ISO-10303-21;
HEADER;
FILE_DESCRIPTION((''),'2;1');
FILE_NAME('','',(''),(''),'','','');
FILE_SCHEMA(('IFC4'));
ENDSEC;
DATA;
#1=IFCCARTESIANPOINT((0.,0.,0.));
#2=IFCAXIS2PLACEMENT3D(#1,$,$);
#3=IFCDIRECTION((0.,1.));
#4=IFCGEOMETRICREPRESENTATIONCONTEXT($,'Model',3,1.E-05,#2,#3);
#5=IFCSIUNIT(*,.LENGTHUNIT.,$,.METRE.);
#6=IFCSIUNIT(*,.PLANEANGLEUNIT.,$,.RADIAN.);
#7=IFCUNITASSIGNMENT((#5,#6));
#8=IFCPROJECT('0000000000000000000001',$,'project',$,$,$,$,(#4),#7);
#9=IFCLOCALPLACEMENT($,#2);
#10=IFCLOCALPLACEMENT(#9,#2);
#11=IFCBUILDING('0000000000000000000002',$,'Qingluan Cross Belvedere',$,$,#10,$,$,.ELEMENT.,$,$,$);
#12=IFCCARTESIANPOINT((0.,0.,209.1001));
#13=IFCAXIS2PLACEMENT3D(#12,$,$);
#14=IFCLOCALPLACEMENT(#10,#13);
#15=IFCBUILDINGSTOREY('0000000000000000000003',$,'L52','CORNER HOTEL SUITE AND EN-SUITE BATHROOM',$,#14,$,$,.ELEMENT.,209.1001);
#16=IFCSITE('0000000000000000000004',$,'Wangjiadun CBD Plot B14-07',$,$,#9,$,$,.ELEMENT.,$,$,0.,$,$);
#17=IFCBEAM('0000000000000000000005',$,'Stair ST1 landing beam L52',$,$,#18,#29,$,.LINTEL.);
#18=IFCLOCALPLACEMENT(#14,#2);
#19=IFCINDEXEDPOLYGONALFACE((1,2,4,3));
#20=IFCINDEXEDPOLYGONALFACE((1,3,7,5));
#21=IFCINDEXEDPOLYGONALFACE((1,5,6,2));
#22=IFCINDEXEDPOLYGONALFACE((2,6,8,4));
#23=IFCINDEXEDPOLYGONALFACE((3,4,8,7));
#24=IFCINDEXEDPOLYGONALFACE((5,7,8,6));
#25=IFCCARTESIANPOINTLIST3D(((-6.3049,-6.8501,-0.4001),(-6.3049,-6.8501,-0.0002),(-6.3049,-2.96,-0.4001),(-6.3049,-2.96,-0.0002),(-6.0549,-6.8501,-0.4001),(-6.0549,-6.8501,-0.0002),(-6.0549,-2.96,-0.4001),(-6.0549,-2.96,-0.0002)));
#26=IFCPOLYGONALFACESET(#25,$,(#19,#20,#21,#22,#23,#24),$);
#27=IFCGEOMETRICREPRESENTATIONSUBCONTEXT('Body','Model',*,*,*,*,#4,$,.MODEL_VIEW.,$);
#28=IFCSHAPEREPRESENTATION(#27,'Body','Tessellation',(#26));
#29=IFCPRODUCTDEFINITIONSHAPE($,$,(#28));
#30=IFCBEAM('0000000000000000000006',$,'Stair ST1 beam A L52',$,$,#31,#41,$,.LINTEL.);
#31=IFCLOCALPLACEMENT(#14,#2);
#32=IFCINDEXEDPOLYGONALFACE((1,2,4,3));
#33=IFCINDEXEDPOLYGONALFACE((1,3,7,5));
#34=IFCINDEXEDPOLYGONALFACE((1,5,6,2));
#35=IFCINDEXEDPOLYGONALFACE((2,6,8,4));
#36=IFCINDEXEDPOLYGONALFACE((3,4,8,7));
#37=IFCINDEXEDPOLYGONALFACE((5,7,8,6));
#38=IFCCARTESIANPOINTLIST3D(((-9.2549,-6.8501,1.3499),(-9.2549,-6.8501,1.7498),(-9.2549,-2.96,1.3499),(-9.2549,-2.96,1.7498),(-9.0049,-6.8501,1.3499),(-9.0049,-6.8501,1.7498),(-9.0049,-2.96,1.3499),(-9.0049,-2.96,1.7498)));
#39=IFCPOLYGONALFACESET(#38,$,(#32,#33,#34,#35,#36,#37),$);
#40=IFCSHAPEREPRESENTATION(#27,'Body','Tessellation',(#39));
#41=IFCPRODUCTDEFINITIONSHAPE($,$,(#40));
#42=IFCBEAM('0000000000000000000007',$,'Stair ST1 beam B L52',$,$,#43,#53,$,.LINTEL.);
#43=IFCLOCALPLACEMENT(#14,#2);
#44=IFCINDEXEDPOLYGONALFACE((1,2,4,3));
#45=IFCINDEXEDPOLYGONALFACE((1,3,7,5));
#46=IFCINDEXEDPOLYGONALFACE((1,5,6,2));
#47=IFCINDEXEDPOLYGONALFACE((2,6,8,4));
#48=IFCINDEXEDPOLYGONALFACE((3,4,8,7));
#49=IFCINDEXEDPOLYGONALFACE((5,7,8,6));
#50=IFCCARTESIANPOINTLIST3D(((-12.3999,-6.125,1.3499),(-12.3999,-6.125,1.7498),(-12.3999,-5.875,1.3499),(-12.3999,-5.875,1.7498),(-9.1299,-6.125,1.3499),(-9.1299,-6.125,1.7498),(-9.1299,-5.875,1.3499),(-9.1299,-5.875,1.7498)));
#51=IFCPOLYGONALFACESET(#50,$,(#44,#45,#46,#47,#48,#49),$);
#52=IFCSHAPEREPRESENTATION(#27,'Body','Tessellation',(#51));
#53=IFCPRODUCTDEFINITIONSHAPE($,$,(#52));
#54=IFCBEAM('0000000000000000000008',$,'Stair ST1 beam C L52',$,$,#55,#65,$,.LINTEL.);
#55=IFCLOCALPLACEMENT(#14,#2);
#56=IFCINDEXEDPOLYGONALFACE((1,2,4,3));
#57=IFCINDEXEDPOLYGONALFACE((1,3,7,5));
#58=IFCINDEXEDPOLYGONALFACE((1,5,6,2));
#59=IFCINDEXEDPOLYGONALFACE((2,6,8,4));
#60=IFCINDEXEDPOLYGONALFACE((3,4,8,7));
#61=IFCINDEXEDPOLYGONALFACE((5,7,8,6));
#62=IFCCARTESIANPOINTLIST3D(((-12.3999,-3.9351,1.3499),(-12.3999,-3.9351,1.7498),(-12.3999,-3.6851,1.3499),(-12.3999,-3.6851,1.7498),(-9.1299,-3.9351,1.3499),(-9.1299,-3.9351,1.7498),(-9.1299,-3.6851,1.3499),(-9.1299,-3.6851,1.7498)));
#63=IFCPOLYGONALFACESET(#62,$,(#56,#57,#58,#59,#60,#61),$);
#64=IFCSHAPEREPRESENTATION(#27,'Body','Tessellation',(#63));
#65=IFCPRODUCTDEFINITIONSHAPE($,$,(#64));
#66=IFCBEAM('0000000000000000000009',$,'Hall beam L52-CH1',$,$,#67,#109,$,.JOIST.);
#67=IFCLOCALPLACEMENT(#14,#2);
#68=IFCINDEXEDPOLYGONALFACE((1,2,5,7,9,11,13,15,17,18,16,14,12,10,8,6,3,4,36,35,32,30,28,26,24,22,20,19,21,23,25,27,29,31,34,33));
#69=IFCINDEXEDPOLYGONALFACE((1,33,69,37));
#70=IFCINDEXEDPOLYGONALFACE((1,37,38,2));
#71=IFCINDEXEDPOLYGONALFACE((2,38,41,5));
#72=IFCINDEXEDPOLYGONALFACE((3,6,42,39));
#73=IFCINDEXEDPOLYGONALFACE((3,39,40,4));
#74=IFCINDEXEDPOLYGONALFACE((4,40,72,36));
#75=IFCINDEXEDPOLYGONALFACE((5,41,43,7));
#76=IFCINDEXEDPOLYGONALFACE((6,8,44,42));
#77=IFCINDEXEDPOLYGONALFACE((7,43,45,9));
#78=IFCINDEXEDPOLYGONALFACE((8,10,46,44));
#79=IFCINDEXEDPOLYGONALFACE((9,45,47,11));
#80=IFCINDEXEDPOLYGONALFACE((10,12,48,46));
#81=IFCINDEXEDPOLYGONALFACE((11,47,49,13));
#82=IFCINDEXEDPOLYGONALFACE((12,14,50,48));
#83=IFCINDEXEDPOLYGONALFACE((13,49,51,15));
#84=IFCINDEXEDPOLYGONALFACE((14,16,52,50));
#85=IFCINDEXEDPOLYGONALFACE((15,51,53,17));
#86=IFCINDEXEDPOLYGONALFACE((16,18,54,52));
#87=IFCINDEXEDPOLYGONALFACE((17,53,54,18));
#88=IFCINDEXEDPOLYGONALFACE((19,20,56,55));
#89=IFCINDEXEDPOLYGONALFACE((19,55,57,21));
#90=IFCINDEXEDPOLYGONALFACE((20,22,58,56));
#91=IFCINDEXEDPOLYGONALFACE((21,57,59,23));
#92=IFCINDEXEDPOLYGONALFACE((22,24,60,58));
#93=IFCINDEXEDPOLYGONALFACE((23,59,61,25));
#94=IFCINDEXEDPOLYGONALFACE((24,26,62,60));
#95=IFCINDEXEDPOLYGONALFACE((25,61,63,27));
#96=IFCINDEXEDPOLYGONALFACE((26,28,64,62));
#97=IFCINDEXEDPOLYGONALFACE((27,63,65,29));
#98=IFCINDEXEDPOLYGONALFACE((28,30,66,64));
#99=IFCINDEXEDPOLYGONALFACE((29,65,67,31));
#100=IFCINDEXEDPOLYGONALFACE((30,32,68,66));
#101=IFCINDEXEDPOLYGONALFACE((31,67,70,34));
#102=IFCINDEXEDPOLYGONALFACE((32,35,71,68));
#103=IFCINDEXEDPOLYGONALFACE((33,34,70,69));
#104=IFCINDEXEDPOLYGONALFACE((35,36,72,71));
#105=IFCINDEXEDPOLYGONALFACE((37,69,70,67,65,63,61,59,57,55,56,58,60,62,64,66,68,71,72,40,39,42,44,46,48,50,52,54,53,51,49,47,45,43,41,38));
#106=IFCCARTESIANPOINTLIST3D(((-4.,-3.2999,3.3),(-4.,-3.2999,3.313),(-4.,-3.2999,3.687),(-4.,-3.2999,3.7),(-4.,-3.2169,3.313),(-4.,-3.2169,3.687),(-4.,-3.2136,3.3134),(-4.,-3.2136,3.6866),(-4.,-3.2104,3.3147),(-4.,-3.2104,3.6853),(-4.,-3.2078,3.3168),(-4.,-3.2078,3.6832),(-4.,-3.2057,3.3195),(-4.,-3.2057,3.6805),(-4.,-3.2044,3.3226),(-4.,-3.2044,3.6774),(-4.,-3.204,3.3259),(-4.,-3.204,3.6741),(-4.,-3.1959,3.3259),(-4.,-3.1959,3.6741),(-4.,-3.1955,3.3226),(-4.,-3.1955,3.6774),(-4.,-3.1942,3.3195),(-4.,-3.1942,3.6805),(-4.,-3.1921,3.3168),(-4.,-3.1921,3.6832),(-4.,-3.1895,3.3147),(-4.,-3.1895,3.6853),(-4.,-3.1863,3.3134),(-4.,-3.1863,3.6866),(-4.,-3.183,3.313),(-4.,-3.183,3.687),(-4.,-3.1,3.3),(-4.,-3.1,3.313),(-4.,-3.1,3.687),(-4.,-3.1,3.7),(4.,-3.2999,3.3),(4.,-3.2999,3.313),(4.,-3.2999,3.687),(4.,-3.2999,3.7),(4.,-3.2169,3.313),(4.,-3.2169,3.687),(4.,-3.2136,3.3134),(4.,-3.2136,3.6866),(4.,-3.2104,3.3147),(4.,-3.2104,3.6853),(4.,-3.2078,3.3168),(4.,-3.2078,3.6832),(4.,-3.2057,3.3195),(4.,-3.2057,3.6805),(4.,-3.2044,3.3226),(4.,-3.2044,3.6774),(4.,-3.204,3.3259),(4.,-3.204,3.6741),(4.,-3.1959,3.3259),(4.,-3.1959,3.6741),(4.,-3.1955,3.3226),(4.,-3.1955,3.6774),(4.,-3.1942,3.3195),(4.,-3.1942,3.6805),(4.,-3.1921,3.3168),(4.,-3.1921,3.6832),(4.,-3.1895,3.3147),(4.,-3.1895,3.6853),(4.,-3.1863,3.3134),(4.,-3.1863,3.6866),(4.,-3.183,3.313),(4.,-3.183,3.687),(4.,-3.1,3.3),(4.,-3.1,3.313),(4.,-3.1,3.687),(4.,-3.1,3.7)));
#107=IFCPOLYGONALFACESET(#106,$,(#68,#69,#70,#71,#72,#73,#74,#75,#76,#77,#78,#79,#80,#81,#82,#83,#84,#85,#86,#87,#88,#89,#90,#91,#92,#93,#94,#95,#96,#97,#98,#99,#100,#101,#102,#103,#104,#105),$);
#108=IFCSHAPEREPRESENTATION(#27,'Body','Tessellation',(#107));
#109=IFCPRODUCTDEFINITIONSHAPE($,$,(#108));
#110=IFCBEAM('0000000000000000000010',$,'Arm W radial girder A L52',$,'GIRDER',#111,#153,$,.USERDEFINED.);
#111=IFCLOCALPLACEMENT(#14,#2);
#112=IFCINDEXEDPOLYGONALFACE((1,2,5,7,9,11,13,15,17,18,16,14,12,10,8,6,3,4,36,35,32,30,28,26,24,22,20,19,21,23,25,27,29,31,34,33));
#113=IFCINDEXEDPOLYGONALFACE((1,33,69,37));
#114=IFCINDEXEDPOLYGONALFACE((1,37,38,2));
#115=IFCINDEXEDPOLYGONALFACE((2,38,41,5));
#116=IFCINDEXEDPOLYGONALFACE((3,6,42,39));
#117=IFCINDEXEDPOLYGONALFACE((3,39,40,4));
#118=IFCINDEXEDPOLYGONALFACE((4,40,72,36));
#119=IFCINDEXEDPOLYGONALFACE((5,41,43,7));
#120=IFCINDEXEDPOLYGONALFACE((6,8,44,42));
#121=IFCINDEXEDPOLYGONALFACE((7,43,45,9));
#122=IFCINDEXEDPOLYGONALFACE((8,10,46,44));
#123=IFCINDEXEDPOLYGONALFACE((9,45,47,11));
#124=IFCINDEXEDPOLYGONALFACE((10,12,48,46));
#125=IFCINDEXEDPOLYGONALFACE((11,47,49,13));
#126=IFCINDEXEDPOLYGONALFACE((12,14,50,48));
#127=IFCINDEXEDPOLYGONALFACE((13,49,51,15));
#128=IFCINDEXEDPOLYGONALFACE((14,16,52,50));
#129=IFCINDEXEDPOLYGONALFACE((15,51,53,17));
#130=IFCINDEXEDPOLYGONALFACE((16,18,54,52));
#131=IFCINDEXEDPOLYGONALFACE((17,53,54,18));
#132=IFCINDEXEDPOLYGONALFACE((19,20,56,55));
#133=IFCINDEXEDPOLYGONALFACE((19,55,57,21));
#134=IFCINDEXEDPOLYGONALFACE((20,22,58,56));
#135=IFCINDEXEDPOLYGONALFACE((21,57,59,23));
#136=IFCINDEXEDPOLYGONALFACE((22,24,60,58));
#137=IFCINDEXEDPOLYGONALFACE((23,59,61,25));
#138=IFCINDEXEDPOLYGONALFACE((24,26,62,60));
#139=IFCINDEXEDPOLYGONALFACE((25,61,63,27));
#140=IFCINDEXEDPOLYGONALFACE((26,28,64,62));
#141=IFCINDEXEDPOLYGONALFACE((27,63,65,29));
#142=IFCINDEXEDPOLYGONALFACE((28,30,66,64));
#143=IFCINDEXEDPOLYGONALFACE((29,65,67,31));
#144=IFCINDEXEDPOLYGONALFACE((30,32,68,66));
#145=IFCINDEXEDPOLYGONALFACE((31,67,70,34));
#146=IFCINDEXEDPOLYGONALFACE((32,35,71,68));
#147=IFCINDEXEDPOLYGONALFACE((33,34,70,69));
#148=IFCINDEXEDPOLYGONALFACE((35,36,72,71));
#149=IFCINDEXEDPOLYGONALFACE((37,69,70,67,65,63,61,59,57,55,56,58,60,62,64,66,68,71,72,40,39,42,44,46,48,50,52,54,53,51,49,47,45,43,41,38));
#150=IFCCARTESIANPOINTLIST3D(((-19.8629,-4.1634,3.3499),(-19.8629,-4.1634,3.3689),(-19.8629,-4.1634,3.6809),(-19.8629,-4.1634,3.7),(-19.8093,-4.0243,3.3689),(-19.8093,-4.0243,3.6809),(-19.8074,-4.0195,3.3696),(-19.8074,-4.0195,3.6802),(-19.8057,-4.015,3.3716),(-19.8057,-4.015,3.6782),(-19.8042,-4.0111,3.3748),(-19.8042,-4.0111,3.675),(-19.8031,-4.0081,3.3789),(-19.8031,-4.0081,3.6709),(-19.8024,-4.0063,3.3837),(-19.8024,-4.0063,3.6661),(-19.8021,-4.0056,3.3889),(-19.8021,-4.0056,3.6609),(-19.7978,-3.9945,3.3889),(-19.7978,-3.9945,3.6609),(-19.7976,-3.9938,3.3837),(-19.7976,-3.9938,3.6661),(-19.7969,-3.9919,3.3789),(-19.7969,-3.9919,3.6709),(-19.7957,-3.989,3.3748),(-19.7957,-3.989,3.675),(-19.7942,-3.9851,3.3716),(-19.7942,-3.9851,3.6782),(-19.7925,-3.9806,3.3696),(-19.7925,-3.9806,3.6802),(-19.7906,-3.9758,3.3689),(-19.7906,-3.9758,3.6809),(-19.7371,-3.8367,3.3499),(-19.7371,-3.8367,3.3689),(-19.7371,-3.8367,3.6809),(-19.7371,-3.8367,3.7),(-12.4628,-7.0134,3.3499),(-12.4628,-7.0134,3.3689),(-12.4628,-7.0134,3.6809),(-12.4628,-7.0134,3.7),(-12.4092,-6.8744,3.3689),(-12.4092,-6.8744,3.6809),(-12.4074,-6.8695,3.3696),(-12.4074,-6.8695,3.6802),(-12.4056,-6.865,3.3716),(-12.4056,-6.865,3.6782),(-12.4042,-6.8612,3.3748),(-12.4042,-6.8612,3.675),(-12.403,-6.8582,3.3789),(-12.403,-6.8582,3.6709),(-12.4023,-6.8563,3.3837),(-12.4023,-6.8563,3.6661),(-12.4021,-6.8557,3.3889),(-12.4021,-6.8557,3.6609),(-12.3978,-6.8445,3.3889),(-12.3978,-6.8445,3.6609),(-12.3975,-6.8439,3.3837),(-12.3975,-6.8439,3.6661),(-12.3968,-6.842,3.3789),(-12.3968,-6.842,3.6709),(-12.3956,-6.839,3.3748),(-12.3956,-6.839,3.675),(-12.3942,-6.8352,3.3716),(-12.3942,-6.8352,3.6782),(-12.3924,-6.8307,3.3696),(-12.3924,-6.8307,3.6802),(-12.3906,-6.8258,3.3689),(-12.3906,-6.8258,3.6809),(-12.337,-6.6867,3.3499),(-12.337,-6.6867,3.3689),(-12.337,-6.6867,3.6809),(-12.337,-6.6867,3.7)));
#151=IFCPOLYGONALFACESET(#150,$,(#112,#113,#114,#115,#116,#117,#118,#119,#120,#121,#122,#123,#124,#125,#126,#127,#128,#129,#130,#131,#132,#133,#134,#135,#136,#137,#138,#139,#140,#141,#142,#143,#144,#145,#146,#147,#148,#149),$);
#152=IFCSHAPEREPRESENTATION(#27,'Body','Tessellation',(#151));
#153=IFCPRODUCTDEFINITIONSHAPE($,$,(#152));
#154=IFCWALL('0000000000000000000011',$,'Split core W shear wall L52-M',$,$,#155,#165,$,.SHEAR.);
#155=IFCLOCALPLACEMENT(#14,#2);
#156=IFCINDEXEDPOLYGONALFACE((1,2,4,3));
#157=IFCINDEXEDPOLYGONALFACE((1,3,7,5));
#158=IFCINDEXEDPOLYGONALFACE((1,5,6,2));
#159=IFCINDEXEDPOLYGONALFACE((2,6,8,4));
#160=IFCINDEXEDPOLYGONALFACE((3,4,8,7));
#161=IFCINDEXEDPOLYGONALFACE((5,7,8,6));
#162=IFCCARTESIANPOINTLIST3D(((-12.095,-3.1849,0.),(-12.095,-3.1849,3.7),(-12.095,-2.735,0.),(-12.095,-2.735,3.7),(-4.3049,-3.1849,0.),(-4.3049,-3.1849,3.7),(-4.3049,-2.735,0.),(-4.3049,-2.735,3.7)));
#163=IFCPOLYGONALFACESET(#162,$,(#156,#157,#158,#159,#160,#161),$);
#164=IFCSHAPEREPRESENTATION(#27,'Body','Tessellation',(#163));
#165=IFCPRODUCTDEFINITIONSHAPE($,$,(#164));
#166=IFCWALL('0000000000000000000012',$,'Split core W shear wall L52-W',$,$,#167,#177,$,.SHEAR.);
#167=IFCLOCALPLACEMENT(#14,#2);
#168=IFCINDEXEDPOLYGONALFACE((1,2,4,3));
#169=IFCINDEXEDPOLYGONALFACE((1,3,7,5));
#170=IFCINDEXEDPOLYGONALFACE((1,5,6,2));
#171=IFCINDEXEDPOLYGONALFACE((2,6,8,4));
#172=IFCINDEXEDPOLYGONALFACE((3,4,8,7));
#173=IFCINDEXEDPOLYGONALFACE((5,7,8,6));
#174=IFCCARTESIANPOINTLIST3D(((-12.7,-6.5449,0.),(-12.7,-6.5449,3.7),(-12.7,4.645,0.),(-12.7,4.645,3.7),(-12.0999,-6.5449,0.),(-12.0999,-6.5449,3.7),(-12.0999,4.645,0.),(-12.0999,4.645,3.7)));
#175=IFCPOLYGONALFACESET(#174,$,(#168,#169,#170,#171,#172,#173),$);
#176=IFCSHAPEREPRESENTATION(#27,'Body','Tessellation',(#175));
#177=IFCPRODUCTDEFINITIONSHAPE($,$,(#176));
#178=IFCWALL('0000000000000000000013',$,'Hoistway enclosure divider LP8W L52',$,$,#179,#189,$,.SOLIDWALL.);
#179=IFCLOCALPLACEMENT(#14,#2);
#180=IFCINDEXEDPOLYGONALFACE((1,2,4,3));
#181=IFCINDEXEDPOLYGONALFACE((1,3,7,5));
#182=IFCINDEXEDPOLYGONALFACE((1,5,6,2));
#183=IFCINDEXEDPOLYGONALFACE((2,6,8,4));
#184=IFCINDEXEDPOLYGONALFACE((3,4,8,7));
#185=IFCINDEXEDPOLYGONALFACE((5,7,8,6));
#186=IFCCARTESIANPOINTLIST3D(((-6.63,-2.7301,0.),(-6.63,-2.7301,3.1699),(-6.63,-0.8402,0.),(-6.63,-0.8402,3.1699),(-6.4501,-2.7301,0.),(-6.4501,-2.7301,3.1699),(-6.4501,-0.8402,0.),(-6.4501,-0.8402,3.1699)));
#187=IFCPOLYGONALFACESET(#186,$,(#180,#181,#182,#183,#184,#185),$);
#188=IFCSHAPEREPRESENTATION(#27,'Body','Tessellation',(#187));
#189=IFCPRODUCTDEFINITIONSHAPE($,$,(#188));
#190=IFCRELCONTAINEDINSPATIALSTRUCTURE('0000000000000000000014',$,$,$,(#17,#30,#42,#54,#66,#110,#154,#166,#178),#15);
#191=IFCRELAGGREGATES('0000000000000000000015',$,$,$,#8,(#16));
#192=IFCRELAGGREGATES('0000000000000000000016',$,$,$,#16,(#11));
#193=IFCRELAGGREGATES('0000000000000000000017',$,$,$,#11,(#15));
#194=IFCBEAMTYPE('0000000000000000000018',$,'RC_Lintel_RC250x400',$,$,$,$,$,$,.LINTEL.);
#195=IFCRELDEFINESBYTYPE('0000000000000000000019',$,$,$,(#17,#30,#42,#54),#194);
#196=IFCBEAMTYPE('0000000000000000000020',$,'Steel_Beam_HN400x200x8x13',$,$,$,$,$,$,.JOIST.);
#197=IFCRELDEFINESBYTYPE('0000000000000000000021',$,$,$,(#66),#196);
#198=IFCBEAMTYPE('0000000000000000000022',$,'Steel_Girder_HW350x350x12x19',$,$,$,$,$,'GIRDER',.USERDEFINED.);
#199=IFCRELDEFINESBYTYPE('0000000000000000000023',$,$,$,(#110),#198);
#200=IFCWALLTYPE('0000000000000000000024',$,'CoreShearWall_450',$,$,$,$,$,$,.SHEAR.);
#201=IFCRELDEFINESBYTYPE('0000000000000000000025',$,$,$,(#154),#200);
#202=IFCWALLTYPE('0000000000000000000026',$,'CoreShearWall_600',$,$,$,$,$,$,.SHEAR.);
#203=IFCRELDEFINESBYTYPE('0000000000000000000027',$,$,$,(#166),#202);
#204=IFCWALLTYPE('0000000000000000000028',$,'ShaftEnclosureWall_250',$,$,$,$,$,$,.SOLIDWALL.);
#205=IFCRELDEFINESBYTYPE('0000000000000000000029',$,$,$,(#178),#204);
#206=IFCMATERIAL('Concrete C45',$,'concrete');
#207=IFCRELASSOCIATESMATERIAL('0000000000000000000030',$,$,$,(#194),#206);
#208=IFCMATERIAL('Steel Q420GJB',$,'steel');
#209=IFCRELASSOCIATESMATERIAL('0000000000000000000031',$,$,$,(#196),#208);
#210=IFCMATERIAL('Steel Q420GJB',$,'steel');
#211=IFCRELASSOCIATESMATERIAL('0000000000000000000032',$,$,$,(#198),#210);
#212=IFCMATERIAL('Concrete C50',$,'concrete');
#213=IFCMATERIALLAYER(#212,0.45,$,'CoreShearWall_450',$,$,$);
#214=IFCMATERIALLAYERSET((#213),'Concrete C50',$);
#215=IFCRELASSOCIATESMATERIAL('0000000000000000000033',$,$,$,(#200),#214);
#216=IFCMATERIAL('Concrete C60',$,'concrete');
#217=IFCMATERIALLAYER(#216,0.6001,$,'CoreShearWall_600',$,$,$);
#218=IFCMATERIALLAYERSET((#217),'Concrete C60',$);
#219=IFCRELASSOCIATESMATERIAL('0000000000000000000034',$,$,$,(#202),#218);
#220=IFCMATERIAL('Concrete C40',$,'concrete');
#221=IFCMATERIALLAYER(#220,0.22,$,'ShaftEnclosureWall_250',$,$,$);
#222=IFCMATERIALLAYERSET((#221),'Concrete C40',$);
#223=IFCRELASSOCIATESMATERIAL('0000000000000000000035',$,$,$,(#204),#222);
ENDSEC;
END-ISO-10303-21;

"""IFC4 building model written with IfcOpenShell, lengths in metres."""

from ifc_helpers import new_model, si_unit, direction, frame, frame_2d, origin, origin_2d, place, context, subcontext, project, spatial, rectangle, i_section, extrude, material, layer, layer_set, material_profile, profile_set, type_object, element, save


model = new_model("IFC4")

# Units and contexts
model_context = context("Model", 3, precision=1e-05, world=origin(), true_north=direction((0.0, 1.0)))
body_context = subcontext(model_context, "Body", "Model", "MODEL_VIEW")
ifc_project = project(units=[si_unit("LENGTHUNIT", "METRE"), si_unit("PLANEANGLEUNIT", "RADIAN")], contexts=[model_context])

# Site, building, storey
site_placement = place(None, origin())
site = spatial("IfcSite", under=ifc_project, at=site_placement, Name="Wangjiadun CBD Plot B14-07", CompositionType="ELEMENT", RefElevation=0.0)
building_placement = place(site_placement, origin())
building = spatial("IfcBuilding", under=site, at=building_placement, Name="Qingluan Cross Belvedere", CompositionType="ELEMENT")
storey_placement = place(building_placement, frame((0.0, 0.0, 209.1001)))
storey = spatial("IfcBuildingStorey", under=building, at=storey_placement, Name="L52", Description="CORNER HOTEL SUITE AND EN-SUITE BATHROOM", CompositionType="ELEMENT", Elevation=209.1001)

# Beams
ifc_material_1 = material(Name="Concrete C45", Category="concrete")
ifc_material_profile_1 = material_profile(ifc_material_1, rectangle(XDim=0.25, YDim=0.3999, at=origin_2d()), Name="RC250x400")
ifc_profile_set_1 = profile_set([ifc_material_profile_1], Name="Concrete C45")
beam_type_1 = type_object("IfcBeamType", Name="RC_Lintel_RC250x400", PredefinedType="LINTEL", material=ifc_profile_set_1)
for number, where, z_axis, x_axis, name in (
    (1, (-6.1799, -6.8501, -0.2002), (0.0, 1.0, 0.0), (-1.0, 0.0, 0.0), "Stair ST1 landing beam L52"),
    (2, (-9.1299, -6.8501, 1.5498), (0.0, 1.0, 0.0), (-1.0, 0.0, 0.0), "Stair ST1 beam A L52"),
):
    element("IfcBeam", number, at=place(storey_placement, frame(where, z_axis=z_axis, x_axis=x_axis)), inside=storey, type_object=beam_type_1, Name=name, PredefinedType="LINTEL", context=body_context, shape_type="SweptSolid", body=[
        extrude(rectangle(XDim=0.25, YDim=0.3999, at=origin_2d()), origin(), (0.0, 0.0, 1.0), 3.8901),
    ])
for number, where, z_axis, x_axis, name in (
    (3, (-12.3999, -6.0, 1.5498), (1.0, 0.0, 0.0), (0.0, 1.0, 0.0), "Stair ST1 beam B L52"),
    (4, (-12.3999, -3.8101, 1.5498), (1.0, 0.0, 0.0), (0.0, 1.0, 0.0), "Stair ST1 beam C L52"),
):
    element("IfcBeam", number, at=place(storey_placement, frame(where, z_axis=z_axis, x_axis=x_axis)), inside=storey, type_object=beam_type_1, Name=name, PredefinedType="LINTEL", context=body_context, shape_type="SweptSolid", body=[
        extrude(rectangle(XDim=0.25, YDim=0.3999, at=origin_2d()), origin(), (0.0, 0.0, 1.0), 3.27),
    ])
ifc_material_2 = material(Name="Steel Q420GJB", Category="steel")
ifc_material_profile_2 = material_profile(ifc_material_2, i_section(OverallWidth=0.2, OverallDepth=0.3999, WebThickness=0.0081, FlangeThickness=0.0129, FilletRadius=0.0129, at=origin_2d()), Name="HN400x200x8x13")
ifc_profile_set_2 = profile_set([ifc_material_profile_2], Name="Steel Q420GJB")
beam_type_2 = type_object("IfcBeamType", Name="Steel_Beam_HN400x200x8x13", PredefinedType="JOIST", material=ifc_profile_set_2)
beam_1_placement = place(storey_placement, frame((-4.0, -3.2, 3.5), z_axis=(1.0, 0.0, 0.0), x_axis=(0.0, 1.0, 0.0)))
element("IfcBeam", 5, at=beam_1_placement, inside=storey, type_object=beam_type_2, Name="Hall beam L52-CH1", PredefinedType="JOIST", context=body_context, shape_type="SweptSolid", body=[
    extrude(i_section(OverallWidth=0.2, OverallDepth=0.3999, WebThickness=0.0081, FlangeThickness=0.0129, FilletRadius=0.0129, at=origin_2d()), origin(), (0.0, 0.0, 1.0), 8.0),
])
ifc_material_3 = material(Name="Steel Q420GJB", Category="steel")
ifc_material_profile_3 = material_profile(ifc_material_3, i_section(OverallWidth=0.3501, OverallDepth=0.3501, WebThickness=0.012, FlangeThickness=0.019, FilletRadius=0.02, at=origin_2d()), Name="HW350x350x12x19")
ifc_profile_set_3 = profile_set([ifc_material_profile_3], Name="Steel Q420GJB")
beam_type_3 = type_object("IfcBeamType", Name="Steel_Girder_HW350x350x12x19", ElementType="GIRDER", PredefinedType="USERDEFINED", material=ifc_profile_set_3)
beam_2_placement = place(storey_placement, frame((-12.3999, -6.8501, 3.5249), z_axis=(-0.933181, 0.359406, 0.0), x_axis=(-0.359406, -0.933181, 0.0)))
element("IfcBeam", 6, at=beam_2_placement, inside=storey, type_object=beam_type_3, Name="Arm W radial girder A L52", ObjectType="GIRDER", PredefinedType="USERDEFINED", context=body_context, shape_type="SweptSolid", body=[
    extrude(i_section(OverallWidth=0.3501, OverallDepth=0.3501, WebThickness=0.012, FlangeThickness=0.019, FilletRadius=0.02, at=origin_2d()), origin(), (0.0, 0.0, 1.0), 7.9299),
])

# Walls
ifc_material_4 = material(Name="Concrete C50", Category="concrete")
ifc_layer_1 = layer(ifc_material_4, 0.45, Name="CoreShearWall_450")
ifc_layer_set_1 = layer_set([ifc_layer_1], Name="Concrete C50")
wall_type_1 = type_object("IfcWallType", Name="CoreShearWall_450", PredefinedType="SHEAR", material=ifc_layer_set_1)
wall_1_placement = place(storey_placement, frame((-12.095, -2.96, 0.0), z_axis=(0.0, 0.0, 1.0), x_axis=(1.0, 0.0, 0.0)))
element("IfcWall", 7, at=wall_1_placement, inside=storey, type_object=wall_type_1, Name="Split core W shear wall L52-M", PredefinedType="SHEAR", context=body_context, shape_type="SweptSolid", body=[
    extrude(rectangle(XDim=7.79, YDim=0.45, at=frame_2d((3.895, 0.0))), origin(), (0.0, 0.0, 1.0), 3.7),
])
ifc_material_5 = material(Name="Concrete C60", Category="concrete")
ifc_layer_2 = layer(ifc_material_5, 0.6001, Name="CoreShearWall_600")
ifc_layer_set_2 = layer_set([ifc_layer_2], Name="Concrete C60")
wall_type_2 = type_object("IfcWallType", Name="CoreShearWall_600", PredefinedType="SHEAR", material=ifc_layer_set_2)
wall_2_placement = place(storey_placement, frame((-12.3999, -6.5449, 0.0), z_axis=(0.0, 0.0, 1.0), x_axis=(0.0, 1.0, 0.0)))
element("IfcWall", 8, at=wall_2_placement, inside=storey, type_object=wall_type_2, Name="Split core W shear wall L52-W", PredefinedType="SHEAR", context=body_context, shape_type="SweptSolid", body=[
    extrude(rectangle(XDim=11.1899, YDim=0.6001, at=frame_2d((5.595, 0.0))), origin(), (0.0, 0.0, 1.0), 3.7),
])

# Wall
ifc_material_6 = material(Name="Concrete C40", Category="concrete")
ifc_layer_3 = layer(ifc_material_6, 0.22, Name="ShaftEnclosureWall_250")
ifc_layer_set_3 = layer_set([ifc_layer_3], Name="Concrete C40")
wall_type_3 = type_object("IfcWallType", Name="ShaftEnclosureWall_250", PredefinedType="SOLIDWALL", material=ifc_layer_set_3)
wall_3_placement = place(storey_placement, frame((-6.54, -2.73, 0.0), z_axis=(0.0, 0.0, 1.0), x_axis=(0.0, 1.0, 0.0)))
element("IfcWall", 9, at=wall_3_placement, inside=storey, type_object=wall_type_3, Name="Hoistway enclosure divider LP8W L52", PredefinedType="SOLIDWALL", context=body_context, shape_type="SweptSolid", body=[
    extrude(rectangle(XDim=1.8899, YDim=0.1799, at=frame_2d((0.9448, 0.0))), origin(), (0.0, 0.0, 1.0), 3.1699),
])

save(model, "model.ifc")
